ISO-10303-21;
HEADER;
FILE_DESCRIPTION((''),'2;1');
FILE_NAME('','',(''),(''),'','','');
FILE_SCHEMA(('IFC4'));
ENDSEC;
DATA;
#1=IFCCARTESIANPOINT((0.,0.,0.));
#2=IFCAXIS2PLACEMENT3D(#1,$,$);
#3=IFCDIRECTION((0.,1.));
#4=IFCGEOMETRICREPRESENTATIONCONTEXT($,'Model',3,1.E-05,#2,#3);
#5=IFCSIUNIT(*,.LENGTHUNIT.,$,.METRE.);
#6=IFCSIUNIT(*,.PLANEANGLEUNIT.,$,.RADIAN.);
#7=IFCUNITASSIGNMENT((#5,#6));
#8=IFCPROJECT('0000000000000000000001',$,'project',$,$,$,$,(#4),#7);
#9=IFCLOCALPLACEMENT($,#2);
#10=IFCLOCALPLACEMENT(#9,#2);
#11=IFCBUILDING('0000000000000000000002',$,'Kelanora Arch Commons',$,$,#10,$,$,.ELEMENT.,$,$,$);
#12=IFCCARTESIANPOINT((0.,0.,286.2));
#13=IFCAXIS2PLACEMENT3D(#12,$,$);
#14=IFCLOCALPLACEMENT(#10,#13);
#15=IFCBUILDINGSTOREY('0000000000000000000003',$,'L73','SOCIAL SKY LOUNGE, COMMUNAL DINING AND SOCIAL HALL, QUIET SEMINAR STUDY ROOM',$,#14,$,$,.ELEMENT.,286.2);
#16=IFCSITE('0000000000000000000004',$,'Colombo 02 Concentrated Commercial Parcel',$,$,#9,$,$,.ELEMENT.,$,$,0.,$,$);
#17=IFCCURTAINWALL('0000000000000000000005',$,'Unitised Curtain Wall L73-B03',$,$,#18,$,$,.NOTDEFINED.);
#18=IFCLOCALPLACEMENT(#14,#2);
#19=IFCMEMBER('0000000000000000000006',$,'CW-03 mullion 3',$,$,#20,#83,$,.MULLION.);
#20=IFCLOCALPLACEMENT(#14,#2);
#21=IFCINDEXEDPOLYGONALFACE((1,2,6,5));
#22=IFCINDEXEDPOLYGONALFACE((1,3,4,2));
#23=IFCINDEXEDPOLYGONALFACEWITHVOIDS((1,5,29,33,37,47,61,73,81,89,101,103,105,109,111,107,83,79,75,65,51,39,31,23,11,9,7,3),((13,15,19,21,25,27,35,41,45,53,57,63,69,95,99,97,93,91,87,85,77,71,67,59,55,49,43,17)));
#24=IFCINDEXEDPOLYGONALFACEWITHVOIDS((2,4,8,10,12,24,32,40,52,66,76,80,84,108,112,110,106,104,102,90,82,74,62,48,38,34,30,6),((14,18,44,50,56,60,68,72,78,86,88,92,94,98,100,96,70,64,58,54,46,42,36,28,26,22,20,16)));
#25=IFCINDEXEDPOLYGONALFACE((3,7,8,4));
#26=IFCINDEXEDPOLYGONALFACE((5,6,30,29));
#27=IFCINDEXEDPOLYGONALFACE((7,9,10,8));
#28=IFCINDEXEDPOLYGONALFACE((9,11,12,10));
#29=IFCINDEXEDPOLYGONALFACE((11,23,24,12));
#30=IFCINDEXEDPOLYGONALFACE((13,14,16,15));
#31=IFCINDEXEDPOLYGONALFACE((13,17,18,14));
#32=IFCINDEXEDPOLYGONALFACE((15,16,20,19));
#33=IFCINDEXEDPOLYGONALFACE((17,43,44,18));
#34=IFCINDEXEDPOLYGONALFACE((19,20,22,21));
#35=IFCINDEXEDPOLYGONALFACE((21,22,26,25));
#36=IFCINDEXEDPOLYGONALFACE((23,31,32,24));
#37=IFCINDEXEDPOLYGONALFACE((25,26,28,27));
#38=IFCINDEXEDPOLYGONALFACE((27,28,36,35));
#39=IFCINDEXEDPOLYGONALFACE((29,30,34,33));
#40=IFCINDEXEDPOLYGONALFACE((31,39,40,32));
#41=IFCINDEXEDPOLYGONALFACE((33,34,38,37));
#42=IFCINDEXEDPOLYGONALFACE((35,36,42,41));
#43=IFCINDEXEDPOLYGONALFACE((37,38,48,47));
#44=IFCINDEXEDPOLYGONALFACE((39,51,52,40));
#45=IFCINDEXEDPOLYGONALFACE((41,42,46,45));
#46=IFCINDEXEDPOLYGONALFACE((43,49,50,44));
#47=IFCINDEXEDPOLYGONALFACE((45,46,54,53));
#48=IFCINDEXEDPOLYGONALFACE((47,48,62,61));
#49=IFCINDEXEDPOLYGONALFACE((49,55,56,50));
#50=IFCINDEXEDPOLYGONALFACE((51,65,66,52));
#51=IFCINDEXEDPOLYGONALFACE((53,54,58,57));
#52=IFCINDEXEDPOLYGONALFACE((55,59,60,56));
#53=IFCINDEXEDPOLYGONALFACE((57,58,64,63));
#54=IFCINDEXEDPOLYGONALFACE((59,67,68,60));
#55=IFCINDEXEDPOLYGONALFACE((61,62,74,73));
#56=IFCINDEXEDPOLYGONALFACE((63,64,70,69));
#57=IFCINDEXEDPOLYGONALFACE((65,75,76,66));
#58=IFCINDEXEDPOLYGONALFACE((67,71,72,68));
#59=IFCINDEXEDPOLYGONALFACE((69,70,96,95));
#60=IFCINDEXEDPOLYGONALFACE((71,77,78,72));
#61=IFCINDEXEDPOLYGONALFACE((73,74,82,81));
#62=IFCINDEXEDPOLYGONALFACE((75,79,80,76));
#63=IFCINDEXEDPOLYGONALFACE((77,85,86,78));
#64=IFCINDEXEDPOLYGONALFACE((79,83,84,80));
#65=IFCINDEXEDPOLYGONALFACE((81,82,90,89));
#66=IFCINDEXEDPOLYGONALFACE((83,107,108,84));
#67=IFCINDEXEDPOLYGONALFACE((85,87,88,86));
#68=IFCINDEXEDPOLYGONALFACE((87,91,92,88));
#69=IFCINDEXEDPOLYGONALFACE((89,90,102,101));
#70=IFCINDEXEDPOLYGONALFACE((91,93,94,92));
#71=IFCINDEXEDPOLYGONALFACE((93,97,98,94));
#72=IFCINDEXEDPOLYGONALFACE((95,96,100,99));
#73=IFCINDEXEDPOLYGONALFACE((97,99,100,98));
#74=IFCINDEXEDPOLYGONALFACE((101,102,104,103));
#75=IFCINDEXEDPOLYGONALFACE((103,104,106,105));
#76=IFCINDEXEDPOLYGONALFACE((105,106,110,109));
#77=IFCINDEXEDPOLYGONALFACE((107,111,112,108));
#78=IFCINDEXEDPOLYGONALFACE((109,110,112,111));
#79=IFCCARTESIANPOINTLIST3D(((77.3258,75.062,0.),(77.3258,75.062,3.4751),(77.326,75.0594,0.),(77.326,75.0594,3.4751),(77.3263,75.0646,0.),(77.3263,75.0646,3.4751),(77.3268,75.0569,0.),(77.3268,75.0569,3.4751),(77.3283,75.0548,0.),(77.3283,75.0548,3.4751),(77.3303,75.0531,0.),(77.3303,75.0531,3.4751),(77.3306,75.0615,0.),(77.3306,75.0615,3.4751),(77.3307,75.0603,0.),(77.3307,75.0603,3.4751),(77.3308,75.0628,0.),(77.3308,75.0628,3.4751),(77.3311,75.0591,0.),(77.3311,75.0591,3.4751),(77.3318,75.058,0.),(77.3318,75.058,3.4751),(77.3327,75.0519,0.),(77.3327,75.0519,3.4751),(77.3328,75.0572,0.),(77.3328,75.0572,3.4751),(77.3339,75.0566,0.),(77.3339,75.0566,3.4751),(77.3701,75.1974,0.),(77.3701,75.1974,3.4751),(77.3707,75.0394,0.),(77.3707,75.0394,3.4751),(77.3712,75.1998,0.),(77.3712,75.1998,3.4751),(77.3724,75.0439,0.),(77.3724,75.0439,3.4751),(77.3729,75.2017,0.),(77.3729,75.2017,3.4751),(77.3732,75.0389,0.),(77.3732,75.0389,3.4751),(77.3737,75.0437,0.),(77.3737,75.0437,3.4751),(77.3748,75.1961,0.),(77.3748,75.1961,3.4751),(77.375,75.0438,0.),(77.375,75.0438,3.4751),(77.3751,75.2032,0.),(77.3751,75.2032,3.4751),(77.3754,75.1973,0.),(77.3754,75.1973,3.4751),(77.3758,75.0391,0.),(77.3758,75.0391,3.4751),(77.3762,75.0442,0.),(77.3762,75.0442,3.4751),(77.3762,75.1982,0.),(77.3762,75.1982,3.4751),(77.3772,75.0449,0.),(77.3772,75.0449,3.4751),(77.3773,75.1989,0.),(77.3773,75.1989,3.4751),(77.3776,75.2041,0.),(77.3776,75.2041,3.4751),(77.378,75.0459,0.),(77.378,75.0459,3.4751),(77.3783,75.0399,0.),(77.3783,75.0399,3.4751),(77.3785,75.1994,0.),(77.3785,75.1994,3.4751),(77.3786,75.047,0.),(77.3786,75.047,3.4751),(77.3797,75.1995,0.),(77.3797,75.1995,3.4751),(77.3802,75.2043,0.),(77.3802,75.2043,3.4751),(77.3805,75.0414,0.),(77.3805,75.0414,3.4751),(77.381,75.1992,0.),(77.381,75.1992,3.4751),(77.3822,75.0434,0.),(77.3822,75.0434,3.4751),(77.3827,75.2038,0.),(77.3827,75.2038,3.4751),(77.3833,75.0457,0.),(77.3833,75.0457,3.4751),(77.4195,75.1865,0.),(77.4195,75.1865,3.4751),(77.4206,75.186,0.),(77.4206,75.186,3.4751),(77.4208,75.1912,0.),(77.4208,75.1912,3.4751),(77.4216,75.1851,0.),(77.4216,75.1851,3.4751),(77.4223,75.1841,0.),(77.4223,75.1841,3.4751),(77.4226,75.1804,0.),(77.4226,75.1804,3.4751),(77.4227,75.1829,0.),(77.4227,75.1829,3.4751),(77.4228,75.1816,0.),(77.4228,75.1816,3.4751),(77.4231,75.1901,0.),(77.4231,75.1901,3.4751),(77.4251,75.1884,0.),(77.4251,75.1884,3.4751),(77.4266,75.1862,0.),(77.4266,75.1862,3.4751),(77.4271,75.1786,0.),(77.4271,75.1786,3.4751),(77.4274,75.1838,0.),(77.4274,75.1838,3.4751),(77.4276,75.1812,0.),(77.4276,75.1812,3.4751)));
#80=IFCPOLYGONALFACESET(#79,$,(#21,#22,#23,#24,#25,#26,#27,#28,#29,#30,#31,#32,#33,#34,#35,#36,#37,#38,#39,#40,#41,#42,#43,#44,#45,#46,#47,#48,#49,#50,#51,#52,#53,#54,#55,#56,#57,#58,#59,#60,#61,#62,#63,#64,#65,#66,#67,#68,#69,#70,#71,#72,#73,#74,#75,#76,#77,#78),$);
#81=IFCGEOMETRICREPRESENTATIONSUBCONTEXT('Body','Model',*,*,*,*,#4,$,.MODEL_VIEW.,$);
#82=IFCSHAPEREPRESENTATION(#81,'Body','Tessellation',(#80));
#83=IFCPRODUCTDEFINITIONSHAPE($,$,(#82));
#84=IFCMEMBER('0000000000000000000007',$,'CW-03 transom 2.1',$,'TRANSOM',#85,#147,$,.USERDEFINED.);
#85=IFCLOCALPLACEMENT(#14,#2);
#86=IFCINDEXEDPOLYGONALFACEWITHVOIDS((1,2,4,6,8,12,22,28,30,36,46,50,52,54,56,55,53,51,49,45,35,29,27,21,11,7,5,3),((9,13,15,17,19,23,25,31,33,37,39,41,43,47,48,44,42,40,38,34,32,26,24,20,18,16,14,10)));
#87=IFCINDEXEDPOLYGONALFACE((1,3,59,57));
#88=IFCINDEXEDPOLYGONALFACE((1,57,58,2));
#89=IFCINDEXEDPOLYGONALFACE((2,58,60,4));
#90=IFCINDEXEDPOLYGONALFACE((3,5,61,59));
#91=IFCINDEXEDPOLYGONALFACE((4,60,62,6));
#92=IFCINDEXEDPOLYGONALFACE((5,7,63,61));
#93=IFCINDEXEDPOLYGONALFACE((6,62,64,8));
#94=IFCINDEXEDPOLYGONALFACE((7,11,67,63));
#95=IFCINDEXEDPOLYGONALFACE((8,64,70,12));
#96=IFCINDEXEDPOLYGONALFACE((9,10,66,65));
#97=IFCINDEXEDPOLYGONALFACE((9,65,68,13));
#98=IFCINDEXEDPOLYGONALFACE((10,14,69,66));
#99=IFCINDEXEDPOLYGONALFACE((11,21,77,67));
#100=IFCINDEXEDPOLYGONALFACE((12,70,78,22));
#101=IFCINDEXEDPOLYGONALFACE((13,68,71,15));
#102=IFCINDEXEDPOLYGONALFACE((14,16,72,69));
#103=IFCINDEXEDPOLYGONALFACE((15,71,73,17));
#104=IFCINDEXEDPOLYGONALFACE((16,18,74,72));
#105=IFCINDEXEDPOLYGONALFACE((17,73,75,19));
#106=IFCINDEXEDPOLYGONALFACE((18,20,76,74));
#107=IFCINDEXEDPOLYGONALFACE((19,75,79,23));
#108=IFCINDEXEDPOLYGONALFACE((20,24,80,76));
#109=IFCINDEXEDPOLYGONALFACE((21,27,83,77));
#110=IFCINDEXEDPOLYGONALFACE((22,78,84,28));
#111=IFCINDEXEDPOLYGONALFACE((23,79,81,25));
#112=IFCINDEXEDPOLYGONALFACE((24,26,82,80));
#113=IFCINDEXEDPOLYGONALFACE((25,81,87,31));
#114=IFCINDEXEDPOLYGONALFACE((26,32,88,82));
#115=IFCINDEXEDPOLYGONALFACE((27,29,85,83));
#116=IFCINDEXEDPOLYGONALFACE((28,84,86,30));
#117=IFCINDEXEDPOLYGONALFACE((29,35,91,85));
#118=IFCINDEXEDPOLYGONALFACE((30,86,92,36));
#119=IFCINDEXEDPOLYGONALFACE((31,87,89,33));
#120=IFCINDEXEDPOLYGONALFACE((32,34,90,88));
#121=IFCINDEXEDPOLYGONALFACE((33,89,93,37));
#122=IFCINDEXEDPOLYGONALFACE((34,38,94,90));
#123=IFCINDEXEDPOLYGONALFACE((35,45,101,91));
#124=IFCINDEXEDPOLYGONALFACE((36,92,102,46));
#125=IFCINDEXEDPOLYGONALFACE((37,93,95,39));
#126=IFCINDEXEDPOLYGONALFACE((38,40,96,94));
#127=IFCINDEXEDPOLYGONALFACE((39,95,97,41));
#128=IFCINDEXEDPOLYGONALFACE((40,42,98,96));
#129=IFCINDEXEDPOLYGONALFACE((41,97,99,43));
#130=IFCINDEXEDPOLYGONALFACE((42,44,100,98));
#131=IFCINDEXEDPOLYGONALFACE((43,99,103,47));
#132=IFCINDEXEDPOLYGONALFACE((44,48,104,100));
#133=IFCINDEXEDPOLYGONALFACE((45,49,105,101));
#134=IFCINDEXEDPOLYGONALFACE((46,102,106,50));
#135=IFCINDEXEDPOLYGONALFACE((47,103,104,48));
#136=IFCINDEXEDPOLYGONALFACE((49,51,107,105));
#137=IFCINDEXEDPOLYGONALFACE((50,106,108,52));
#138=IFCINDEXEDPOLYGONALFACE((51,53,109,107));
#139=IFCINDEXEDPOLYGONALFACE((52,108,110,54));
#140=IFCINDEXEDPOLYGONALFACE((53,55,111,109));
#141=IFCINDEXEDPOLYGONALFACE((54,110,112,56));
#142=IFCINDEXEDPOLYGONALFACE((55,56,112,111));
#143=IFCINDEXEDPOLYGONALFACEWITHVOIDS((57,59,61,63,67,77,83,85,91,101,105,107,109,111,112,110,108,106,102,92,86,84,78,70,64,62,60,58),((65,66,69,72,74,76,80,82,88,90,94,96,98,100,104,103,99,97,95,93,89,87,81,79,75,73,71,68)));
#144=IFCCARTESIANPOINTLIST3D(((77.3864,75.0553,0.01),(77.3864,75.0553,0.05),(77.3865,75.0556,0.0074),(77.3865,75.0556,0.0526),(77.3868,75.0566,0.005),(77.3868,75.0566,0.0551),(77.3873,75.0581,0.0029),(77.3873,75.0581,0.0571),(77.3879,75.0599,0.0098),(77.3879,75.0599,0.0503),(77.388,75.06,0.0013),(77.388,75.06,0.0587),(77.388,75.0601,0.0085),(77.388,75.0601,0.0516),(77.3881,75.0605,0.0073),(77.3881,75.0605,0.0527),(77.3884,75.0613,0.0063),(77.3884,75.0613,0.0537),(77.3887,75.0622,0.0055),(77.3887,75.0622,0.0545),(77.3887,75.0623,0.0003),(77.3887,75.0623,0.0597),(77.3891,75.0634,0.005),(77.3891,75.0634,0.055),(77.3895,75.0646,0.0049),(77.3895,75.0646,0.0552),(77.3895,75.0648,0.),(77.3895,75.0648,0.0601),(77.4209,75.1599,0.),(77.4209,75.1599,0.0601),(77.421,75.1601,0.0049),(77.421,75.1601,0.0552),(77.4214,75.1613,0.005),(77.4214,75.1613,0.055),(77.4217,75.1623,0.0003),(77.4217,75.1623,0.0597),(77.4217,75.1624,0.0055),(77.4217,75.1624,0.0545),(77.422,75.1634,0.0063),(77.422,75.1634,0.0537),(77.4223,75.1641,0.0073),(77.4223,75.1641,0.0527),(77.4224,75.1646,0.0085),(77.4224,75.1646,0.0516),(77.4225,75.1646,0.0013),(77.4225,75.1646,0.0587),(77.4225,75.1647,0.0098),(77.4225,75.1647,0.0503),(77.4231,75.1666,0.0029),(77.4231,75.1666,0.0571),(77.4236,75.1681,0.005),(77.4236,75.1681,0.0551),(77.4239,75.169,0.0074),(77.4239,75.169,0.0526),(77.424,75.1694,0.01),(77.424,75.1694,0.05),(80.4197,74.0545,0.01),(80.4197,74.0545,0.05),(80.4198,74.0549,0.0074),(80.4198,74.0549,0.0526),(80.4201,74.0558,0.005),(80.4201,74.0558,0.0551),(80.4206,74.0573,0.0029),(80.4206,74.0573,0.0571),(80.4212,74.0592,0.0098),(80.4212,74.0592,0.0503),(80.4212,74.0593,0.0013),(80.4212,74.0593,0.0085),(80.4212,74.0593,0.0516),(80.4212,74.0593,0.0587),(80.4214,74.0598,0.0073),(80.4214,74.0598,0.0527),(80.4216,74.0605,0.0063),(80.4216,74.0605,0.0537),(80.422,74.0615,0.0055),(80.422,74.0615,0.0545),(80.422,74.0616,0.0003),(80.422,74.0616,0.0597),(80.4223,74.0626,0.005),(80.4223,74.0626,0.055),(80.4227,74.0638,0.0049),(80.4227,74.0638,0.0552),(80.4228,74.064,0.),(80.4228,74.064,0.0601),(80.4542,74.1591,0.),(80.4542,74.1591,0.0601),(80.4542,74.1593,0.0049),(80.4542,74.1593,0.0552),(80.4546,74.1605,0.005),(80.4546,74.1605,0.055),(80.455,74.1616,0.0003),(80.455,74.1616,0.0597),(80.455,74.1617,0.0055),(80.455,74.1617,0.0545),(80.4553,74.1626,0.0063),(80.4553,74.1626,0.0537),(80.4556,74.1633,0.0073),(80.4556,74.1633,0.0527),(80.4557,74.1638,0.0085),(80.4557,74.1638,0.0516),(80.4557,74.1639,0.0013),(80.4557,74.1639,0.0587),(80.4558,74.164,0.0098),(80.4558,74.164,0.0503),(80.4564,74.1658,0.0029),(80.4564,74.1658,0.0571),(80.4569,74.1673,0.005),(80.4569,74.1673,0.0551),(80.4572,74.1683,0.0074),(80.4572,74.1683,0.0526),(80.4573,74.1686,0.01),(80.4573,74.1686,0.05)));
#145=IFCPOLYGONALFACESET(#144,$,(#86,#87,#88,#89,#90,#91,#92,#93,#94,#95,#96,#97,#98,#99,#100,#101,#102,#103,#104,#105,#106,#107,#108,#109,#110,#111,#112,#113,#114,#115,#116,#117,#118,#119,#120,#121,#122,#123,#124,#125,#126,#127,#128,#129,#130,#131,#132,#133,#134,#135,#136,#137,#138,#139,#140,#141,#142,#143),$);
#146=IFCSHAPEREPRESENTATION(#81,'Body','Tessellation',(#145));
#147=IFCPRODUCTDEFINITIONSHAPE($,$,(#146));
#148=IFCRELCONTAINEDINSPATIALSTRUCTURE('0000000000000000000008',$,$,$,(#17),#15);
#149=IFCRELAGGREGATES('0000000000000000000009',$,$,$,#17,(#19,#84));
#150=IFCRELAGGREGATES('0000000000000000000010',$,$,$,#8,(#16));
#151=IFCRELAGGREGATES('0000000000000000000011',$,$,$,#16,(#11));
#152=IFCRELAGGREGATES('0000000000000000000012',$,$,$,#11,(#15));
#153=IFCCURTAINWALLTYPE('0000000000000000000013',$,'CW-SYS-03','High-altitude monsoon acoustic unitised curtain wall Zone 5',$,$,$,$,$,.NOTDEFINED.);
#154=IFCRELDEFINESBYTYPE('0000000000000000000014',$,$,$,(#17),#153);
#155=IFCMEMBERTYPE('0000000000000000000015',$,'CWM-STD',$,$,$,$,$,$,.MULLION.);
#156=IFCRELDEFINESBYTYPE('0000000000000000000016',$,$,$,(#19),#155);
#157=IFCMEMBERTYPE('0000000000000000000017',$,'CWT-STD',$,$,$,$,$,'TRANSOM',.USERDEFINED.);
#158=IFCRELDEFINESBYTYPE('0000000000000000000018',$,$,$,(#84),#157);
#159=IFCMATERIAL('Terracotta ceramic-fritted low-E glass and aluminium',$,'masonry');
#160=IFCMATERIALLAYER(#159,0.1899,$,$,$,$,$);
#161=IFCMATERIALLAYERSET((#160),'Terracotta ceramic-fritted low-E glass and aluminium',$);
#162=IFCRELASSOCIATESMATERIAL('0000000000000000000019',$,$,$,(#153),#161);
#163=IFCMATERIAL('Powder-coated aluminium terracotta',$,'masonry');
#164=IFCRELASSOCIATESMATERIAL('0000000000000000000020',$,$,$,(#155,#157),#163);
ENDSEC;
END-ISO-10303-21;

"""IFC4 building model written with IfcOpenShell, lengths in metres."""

from ifc_helpers import new_model, si_unit, direction, frame, origin, origin_2d, place, context, subcontext, project, spatial, hollow_rectangle, extrude, material, layer, layer_set, material_profile, profile_set, type_object, element, aggregate, save


model = new_model("IFC4")

# Units and contexts
model_context = context("Model", 3, precision=1e-05, world=origin(), true_north=direction((0.0, 1.0)))
body_context = subcontext(model_context, "Body", "Model", "MODEL_VIEW")
ifc_project = project(units=[si_unit("LENGTHUNIT", "METRE"), si_unit("PLANEANGLEUNIT", "RADIAN")], contexts=[model_context])

# Site, building, storey
site_placement = place(None, origin())
site = spatial("IfcSite", under=ifc_project, at=site_placement, Name="Colombo 02 Concentrated Commercial Parcel", CompositionType="ELEMENT", RefElevation=0.0)
building_placement = place(site_placement, origin())
building = spatial("IfcBuilding", under=site, at=building_placement, Name="Kelanora Arch Commons", CompositionType="ELEMENT")
storey_placement = place(building_placement, frame((0.0, 0.0, 286.2)))
storey = spatial("IfcBuildingStorey", under=building, at=storey_placement, Name="L73", Description="SOCIAL SKY LOUNGE, COMMUNAL DINING AND SOCIAL HALL, QUIET SEMINAR STUDY ROOM", CompositionType="ELEMENT", Elevation=286.2)

# Curtain wall, members
ifc_material_1 = material(Name="Terracotta ceramic-fritted low-E glass and aluminium", Category="masonry")
ifc_layer_1 = layer(ifc_material_1, 0.1899)
ifc_layer_set_1 = layer_set([ifc_layer_1], Name="Terracotta ceramic-fritted low-E glass and aluminium")
curtain_wall_type = type_object("IfcCurtainWallType", Name="CW-SYS-03", Description="High-altitude monsoon acoustic unitised curtain wall Zone 5", PredefinedType="NOTDEFINED", material=ifc_layer_set_1)
curtain_wall_placement = place(storey_placement, origin())
curtain_wall = element("IfcCurtainWall", 1, at=curtain_wall_placement, inside=storey, type_object=curtain_wall_type, Name="Unitised Curtain Wall L73-B03", PredefinedType="NOTDEFINED")
ifc_material_2 = material(Name="Powder-coated aluminium terracotta", Category="masonry")
ifc_material_profile_1 = material_profile(ifc_material_2, hollow_rectangle(XDim=0.1599, YDim=0.0601, WallThickness=0.0049, InnerFilletRadius=0.0049, OuterFilletRadius=0.01, at=origin_2d()), Name="CWM160x60")
ifc_profile_set_1 = profile_set([ifc_material_profile_1], Name="Powder-coated aluminium terracotta")
member_type_1 = type_object("IfcMemberType", Name="CWM-STD", PredefinedType="MULLION", material=ifc_profile_set_1)
member_1_placement = place(storey_placement, frame((77.3767, 75.1216, 0.0), z_axis=(0.0, 0.0, 1.0), x_axis=(-0.313253, -0.94967, 0.0)))
member_1 = element("IfcMember", 2, at=member_1_placement, type_object=member_type_1, Name="CW-03 mullion 3", PredefinedType="MULLION", context=body_context, shape_type="SweptSolid", body=[
    extrude(hollow_rectangle(XDim=0.1599, YDim=0.0601, WallThickness=0.0049, InnerFilletRadius=0.0049, OuterFilletRadius=0.01, at=origin_2d()), origin(), (0.0, 0.0, 1.0), 3.4751),
])
ifc_material_profile_2 = material_profile(ifc_material_2, hollow_rectangle(XDim=0.1201, YDim=0.0601, WallThickness=0.0049, InnerFilletRadius=0.0049, OuterFilletRadius=0.01, at=origin_2d()), Name="CWT120x60")
ifc_profile_set_2 = profile_set([ifc_material_profile_2], Name="Powder-coated aluminium terracotta")
member_type_2 = type_object("IfcMemberType", Name="CWT-STD", ElementType="TRANSOM", PredefinedType="USERDEFINED", material=ifc_profile_set_2)
member_2_placement = place(storey_placement, frame((80.4385, 74.1116, 0.03), z_axis=(-0.94965, 0.313314, 0.0), x_axis=(-0.313314, -0.94965, 0.0)))
member_2 = element("IfcMember", 3, at=member_2_placement, type_object=member_type_2, Name="CW-03 transom 2.1", ObjectType="TRANSOM", PredefinedType="USERDEFINED", context=body_context, shape_type="SweptSolid", body=[
    extrude(hollow_rectangle(XDim=0.1201, YDim=0.0601, WallThickness=0.0049, InnerFilletRadius=0.0049, OuterFilletRadius=0.01, at=origin_2d()), origin(), (0.0, 0.0, 1.0), 3.1941),
])
aggregate(curtain_wall, [member_1, member_2])

save(model, "model.ifc")
